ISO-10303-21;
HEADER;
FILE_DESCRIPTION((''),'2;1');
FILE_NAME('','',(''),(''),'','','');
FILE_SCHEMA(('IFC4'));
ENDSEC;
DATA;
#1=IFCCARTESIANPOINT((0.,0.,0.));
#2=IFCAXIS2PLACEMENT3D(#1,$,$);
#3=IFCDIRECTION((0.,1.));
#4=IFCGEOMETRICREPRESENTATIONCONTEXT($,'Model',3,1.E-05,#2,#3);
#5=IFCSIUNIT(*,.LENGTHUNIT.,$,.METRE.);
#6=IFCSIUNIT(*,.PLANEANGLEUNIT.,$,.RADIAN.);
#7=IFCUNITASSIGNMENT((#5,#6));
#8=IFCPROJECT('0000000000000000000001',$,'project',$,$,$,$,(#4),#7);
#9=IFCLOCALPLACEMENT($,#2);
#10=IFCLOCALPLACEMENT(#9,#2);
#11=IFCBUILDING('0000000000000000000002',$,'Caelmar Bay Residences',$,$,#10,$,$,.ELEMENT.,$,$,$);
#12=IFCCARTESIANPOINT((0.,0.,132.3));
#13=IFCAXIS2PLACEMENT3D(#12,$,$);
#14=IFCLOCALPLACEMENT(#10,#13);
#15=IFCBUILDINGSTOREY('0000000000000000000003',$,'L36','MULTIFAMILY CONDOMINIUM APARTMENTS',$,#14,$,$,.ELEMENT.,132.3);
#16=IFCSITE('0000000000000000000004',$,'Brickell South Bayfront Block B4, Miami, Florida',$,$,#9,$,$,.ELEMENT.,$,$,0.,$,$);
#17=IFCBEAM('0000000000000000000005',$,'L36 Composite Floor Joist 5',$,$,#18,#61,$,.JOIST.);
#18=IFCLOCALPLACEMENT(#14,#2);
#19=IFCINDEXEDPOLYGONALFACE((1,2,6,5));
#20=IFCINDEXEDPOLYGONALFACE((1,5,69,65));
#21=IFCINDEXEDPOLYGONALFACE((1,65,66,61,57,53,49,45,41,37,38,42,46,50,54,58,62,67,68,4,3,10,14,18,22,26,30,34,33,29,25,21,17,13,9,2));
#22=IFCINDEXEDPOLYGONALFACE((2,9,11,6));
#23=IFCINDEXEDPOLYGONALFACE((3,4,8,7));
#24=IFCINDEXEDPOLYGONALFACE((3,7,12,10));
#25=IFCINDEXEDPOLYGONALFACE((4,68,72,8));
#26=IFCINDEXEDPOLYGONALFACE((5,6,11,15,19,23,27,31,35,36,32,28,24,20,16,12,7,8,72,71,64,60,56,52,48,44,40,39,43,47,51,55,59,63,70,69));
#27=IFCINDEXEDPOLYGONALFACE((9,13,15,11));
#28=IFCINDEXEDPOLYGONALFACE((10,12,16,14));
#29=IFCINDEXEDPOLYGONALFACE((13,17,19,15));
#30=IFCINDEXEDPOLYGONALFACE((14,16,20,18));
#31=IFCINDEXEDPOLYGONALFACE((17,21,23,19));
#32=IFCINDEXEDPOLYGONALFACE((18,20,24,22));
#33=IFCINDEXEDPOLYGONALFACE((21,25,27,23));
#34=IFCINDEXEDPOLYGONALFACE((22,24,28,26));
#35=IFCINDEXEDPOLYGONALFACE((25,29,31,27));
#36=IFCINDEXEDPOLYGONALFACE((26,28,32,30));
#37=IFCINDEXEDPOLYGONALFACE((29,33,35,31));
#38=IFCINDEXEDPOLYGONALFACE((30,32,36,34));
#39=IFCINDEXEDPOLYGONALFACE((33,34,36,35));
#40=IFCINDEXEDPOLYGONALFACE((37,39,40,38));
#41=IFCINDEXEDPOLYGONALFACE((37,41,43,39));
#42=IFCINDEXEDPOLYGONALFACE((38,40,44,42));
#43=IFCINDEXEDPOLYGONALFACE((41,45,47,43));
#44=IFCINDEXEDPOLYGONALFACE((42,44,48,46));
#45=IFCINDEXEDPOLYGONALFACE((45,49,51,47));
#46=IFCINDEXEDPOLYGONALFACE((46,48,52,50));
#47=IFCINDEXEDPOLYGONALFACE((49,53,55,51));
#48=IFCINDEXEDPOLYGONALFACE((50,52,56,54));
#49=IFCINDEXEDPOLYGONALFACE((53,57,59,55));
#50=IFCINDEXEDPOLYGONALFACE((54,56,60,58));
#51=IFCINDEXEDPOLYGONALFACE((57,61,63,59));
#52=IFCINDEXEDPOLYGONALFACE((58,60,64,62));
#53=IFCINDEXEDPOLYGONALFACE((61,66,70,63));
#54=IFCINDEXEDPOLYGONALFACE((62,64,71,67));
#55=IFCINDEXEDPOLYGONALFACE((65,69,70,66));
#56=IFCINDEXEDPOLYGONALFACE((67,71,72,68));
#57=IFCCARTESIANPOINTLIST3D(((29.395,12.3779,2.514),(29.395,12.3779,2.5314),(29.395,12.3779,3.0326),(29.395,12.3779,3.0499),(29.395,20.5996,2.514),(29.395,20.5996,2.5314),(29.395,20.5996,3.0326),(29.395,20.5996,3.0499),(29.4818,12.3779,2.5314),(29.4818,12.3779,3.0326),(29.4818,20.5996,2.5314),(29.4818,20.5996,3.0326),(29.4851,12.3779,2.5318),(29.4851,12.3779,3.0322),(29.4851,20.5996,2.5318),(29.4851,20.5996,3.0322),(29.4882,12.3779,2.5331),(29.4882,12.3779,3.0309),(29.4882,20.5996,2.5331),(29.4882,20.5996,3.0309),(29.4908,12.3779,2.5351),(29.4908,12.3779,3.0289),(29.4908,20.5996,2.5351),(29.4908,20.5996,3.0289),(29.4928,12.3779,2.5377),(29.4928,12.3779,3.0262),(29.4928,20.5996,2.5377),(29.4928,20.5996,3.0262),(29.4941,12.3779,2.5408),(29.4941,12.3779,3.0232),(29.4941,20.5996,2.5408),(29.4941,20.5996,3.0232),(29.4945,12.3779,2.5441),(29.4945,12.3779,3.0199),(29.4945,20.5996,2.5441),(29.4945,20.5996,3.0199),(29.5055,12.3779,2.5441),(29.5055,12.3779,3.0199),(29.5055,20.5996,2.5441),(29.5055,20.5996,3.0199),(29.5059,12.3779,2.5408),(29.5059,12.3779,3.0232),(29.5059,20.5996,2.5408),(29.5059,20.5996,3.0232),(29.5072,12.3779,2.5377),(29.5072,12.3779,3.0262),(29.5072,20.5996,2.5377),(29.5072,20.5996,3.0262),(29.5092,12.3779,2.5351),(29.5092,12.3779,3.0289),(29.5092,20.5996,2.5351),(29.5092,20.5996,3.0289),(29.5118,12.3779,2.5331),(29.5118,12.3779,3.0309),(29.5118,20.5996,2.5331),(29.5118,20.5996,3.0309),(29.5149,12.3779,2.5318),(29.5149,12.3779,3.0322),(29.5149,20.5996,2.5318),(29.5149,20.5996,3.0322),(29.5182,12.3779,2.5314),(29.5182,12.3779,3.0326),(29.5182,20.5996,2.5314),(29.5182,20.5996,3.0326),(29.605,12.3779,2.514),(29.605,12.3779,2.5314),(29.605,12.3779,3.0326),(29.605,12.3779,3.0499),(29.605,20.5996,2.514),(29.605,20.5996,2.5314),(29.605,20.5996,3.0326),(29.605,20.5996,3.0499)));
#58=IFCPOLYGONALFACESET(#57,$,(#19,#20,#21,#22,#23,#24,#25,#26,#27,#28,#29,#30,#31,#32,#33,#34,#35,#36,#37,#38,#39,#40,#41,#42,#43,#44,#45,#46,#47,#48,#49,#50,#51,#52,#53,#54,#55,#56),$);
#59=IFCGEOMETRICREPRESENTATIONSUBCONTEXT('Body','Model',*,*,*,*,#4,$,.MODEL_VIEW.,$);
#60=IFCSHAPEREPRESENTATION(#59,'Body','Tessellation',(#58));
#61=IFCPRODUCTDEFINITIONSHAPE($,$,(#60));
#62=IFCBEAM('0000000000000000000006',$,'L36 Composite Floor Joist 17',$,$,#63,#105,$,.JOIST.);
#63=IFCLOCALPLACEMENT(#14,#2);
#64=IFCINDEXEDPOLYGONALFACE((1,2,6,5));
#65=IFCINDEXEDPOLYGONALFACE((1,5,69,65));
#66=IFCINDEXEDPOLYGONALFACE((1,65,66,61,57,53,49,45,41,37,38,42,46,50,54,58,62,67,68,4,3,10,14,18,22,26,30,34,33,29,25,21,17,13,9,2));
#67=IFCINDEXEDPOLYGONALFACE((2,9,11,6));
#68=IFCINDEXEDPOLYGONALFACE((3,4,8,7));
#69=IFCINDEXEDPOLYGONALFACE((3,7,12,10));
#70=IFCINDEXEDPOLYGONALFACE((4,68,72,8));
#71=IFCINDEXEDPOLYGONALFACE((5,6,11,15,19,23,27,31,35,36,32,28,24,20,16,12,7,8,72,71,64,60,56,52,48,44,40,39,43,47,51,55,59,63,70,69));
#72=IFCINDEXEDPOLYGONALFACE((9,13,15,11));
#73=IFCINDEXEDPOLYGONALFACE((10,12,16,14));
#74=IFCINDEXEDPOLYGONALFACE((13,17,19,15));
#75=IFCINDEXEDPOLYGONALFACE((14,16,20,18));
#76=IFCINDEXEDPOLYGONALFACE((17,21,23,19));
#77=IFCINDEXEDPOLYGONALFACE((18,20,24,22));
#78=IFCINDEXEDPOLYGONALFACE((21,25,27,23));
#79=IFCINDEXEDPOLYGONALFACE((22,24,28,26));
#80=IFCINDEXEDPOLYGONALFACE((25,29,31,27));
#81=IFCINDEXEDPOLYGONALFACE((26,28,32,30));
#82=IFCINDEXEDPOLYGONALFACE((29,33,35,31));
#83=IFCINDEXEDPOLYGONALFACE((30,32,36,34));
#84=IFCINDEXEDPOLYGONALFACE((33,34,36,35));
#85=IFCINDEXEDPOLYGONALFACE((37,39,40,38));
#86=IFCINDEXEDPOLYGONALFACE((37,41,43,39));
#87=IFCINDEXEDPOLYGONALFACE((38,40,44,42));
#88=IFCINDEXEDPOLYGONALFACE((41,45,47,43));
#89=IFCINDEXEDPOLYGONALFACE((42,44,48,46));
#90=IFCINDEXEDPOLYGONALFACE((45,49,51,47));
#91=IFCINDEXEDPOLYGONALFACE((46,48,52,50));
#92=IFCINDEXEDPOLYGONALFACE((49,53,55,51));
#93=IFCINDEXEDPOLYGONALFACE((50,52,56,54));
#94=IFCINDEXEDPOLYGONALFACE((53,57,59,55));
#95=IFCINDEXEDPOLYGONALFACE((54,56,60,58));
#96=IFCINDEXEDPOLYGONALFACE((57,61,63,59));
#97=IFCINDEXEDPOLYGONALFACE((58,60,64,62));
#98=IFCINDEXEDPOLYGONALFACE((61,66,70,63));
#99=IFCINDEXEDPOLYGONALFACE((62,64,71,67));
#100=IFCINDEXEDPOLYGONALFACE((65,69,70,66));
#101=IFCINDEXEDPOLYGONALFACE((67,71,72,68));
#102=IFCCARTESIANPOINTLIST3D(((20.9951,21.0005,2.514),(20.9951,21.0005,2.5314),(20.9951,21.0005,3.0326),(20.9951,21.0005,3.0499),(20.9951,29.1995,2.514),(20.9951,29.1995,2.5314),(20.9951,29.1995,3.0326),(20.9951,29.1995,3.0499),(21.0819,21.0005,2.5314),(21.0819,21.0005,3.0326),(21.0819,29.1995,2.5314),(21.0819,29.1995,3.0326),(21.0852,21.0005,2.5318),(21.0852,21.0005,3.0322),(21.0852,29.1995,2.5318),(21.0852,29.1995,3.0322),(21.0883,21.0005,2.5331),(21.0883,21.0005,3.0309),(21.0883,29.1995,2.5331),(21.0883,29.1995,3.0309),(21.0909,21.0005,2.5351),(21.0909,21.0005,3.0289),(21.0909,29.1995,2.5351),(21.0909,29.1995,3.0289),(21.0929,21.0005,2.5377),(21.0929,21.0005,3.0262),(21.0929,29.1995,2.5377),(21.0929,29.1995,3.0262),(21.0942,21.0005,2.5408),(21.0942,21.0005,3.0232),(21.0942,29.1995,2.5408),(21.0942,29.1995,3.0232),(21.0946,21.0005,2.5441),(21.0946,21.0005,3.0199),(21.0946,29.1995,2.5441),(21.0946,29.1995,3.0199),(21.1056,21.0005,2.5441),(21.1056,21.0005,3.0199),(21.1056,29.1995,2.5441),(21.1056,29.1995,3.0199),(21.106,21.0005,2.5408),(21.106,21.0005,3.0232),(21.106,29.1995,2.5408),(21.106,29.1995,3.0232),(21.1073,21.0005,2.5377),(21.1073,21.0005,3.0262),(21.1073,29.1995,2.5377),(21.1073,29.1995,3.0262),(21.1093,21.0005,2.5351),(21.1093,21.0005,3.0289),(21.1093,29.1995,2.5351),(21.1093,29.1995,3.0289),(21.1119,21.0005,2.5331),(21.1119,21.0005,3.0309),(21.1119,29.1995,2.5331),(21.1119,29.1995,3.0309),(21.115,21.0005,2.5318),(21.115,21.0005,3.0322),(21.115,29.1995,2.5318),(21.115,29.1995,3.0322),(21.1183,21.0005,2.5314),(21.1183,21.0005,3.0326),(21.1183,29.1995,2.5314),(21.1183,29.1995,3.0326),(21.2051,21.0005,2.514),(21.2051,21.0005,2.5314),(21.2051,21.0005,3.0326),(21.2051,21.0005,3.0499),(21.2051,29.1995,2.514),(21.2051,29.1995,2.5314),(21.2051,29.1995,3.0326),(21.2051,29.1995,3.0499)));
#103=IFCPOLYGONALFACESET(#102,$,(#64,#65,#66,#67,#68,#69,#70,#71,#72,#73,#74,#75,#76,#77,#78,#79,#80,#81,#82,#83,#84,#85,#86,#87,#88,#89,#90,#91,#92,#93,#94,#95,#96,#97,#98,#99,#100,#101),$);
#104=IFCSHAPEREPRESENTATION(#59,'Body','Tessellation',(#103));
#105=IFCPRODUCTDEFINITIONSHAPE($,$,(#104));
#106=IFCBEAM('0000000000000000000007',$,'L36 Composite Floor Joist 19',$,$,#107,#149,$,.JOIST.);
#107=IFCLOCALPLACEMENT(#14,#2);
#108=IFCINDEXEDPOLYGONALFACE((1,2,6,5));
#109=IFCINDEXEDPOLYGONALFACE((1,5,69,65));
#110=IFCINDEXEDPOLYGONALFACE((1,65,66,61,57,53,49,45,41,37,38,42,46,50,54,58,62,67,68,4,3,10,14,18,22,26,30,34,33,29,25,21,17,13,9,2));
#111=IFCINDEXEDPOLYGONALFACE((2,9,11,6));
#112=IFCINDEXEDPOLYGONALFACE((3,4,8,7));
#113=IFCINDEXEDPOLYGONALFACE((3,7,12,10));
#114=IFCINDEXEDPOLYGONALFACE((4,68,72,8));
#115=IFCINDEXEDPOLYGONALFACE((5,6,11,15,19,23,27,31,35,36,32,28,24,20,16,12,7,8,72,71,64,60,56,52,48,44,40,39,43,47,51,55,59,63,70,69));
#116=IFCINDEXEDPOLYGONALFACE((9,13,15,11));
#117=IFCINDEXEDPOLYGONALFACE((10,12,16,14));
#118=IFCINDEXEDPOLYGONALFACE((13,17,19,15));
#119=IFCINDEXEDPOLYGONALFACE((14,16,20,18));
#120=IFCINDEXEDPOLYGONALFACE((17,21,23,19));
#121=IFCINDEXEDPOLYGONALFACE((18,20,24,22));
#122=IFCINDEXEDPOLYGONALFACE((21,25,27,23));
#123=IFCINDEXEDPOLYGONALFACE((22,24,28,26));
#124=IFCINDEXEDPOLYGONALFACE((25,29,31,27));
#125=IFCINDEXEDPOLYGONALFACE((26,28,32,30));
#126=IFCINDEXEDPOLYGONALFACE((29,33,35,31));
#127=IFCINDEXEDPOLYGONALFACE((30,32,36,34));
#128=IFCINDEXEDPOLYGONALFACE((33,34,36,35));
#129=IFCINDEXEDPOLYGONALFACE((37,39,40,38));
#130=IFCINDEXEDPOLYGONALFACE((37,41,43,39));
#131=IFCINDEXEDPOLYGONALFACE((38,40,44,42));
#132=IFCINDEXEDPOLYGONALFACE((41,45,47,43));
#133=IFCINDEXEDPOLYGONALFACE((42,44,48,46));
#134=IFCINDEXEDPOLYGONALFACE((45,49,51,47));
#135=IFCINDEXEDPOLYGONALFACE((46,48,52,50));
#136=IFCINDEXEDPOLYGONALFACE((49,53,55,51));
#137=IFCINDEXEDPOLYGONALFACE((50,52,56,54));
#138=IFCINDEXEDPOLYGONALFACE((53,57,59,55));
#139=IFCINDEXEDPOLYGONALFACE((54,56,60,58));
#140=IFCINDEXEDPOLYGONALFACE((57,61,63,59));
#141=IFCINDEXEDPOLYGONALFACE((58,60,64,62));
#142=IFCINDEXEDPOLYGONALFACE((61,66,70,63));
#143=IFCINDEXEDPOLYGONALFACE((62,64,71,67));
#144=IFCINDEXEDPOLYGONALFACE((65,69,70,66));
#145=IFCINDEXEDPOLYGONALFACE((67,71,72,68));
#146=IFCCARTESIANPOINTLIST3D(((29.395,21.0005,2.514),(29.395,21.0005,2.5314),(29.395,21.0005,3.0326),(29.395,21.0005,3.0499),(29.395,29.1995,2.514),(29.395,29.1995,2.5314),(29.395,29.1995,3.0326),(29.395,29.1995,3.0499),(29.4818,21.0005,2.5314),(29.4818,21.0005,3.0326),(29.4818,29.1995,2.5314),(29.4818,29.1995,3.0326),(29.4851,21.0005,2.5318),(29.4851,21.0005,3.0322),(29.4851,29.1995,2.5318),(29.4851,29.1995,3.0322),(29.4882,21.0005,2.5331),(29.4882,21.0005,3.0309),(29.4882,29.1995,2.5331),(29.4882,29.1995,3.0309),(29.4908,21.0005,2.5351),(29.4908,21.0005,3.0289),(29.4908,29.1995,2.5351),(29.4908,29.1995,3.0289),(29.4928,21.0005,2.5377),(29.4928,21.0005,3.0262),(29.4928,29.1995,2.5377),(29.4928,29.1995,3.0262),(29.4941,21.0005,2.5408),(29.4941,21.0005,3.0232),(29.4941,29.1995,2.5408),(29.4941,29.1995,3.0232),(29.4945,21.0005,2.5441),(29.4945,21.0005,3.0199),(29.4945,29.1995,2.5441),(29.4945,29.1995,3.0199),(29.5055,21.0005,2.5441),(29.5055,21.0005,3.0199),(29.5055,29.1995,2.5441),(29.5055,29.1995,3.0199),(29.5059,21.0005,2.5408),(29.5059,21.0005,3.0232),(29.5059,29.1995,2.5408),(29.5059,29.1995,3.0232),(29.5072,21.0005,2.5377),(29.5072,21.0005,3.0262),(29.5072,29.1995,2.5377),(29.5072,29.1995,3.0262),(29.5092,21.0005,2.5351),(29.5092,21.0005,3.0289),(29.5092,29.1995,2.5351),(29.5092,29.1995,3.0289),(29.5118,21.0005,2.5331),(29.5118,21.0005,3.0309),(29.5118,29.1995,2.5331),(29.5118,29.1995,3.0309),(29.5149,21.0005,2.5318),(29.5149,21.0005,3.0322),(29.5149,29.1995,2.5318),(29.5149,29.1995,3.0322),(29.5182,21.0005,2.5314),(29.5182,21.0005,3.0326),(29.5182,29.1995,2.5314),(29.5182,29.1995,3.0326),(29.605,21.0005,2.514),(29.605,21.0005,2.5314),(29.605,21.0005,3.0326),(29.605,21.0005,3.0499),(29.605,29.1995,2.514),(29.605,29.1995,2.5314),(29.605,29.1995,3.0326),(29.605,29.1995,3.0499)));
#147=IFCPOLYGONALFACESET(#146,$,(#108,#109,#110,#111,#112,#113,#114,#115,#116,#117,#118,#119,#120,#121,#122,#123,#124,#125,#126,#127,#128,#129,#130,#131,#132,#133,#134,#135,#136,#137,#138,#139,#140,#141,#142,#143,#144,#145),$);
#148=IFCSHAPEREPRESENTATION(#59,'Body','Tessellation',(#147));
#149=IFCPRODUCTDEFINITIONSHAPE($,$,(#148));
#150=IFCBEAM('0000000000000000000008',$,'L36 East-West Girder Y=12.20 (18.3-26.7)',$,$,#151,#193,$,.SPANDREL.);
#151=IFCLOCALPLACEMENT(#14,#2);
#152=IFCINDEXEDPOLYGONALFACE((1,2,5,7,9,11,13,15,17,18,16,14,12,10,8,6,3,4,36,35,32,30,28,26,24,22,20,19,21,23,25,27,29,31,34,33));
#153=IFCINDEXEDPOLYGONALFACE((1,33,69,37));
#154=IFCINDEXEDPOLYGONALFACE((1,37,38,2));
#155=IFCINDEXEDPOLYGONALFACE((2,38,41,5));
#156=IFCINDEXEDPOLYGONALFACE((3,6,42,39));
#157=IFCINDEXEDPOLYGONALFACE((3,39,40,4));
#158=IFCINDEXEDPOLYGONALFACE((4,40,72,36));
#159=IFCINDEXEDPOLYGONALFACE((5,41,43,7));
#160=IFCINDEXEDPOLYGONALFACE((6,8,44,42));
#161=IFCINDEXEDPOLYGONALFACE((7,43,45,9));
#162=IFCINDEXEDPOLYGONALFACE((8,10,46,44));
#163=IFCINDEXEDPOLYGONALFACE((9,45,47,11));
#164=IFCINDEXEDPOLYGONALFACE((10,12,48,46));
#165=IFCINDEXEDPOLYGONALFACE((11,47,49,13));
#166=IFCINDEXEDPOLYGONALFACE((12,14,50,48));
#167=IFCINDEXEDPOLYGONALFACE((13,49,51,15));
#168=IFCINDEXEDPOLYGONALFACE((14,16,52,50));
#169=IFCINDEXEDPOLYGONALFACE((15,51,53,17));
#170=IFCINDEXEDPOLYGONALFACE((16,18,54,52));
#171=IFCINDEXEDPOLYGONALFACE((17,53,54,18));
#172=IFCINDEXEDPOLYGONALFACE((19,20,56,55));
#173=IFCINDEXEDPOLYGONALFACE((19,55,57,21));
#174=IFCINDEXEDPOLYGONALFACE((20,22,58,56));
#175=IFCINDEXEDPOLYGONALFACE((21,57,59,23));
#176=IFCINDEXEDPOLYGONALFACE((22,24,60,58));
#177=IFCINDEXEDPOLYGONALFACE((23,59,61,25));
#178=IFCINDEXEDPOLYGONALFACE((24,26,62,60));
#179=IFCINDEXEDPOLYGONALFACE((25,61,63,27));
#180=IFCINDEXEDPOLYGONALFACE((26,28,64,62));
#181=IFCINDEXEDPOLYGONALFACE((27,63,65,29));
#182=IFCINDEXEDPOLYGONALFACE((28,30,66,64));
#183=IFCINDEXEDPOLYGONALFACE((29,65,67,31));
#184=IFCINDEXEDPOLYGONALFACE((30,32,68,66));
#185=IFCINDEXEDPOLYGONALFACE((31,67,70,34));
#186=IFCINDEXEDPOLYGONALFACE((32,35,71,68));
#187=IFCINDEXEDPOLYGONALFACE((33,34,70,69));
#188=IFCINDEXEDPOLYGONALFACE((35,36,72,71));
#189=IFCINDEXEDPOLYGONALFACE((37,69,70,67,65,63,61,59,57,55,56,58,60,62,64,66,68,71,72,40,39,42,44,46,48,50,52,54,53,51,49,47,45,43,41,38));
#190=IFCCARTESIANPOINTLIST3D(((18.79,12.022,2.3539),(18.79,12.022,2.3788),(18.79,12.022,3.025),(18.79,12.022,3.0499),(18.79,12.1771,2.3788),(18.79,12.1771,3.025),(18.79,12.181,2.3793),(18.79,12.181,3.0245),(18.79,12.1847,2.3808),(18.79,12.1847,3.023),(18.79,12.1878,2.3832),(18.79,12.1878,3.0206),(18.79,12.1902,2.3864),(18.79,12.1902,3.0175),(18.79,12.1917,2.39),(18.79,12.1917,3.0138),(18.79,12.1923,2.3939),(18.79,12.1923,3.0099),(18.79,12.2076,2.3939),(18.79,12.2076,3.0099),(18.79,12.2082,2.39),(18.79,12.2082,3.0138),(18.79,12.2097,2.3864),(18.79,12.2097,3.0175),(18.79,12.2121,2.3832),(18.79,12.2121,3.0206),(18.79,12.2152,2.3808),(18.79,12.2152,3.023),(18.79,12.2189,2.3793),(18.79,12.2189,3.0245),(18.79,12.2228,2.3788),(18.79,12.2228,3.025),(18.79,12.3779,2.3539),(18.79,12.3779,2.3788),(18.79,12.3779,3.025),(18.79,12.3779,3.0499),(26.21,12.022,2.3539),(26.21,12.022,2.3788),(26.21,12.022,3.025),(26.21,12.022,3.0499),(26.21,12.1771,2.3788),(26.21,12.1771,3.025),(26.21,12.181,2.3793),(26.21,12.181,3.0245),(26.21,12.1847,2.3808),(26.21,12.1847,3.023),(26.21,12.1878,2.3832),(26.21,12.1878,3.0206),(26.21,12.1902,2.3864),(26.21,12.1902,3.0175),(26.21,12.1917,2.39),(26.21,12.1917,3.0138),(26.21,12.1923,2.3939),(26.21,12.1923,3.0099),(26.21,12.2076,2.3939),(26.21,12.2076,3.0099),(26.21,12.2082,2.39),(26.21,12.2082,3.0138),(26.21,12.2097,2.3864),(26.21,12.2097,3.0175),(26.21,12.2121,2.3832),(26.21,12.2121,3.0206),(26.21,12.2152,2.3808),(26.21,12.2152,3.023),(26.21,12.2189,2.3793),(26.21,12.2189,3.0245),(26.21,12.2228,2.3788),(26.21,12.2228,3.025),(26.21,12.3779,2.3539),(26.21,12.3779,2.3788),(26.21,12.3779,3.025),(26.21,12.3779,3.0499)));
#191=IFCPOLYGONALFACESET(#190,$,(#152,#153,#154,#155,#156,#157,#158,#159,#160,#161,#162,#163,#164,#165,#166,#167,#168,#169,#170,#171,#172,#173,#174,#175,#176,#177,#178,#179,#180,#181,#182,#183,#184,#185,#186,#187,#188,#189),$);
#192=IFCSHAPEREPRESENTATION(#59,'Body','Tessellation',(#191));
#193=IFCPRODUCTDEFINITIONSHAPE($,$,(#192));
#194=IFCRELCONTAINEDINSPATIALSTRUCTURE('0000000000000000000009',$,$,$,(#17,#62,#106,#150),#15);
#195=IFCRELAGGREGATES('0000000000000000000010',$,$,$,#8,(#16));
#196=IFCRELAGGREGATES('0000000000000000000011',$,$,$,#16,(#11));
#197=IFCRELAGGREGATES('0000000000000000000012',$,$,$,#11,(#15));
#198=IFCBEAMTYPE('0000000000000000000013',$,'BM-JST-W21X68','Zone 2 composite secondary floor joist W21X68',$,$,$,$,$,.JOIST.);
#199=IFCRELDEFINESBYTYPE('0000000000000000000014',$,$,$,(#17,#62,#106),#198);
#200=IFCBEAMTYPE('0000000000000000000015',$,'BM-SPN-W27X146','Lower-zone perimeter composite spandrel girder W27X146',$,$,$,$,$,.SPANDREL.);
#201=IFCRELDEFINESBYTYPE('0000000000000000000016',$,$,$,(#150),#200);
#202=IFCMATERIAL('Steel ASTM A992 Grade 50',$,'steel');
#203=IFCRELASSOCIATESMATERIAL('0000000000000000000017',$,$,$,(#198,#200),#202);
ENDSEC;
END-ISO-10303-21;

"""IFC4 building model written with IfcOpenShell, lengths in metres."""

from ifc_helpers import new_model, si_unit, direction, frame, origin, origin_2d, place, context, subcontext, project, spatial, i_section, extrude, material, material_profile, profile_set, type_object, element, save


model = new_model("IFC4")

# Units and contexts
model_context = context("Model", 3, precision=1e-05, world=origin(), true_north=direction((0.0, 1.0)))
body_context = subcontext(model_context, "Body", "Model", "MODEL_VIEW")
ifc_project = project(units=[si_unit("LENGTHUNIT", "METRE"), si_unit("PLANEANGLEUNIT", "RADIAN")], contexts=[model_context])

# Site, building, storey
site_placement = place(None, origin())
site = spatial("IfcSite", under=ifc_project, at=site_placement, Name="Brickell South Bayfront Block B4, Miami, Florida", CompositionType="ELEMENT", RefElevation=0.0)
building_placement = place(site_placement, origin())
building = spatial("IfcBuilding", under=site, at=building_placement, Name="Caelmar Bay Residences", CompositionType="ELEMENT")
storey_placement = place(building_placement, frame((0.0, 0.0, 132.3)))
storey = spatial("IfcBuildingStorey", under=building, at=storey_placement, Name="L36", Description="MULTIFAMILY CONDOMINIUM APARTMENTS", CompositionType="ELEMENT", Elevation=132.3)

# Beams
ifc_material_1 = material(Name="Steel ASTM A992 Grade 50", Category="steel")
ifc_material_profile_1 = material_profile(ifc_material_1, i_section(OverallWidth=0.21, OverallDepth=0.5359, WebThickness=0.011, FlangeThickness=0.0173, FilletRadius=0.0127, at=origin_2d()), Name="W21X68")
ifc_profile_set_1 = profile_set([ifc_material_profile_1], Name="Steel ASTM A992 Grade 50")
beam_type_1 = type_object("IfcBeamType", Name="BM-JST-W21X68", Description="Zone 2 composite secondary floor joist W21X68", PredefinedType="JOIST", material=ifc_profile_set_1)
for number, where, z_axis, x_axis, name in (
    (1, (29.5, 12.3779, 2.782), (0.0, 1.0, 0.0), (-1.0, 0.0, 0.0), "L36 Composite Floor Joist 5"),
):
    element("IfcBeam", number, at=place(storey_placement, frame(where, z_axis=z_axis, x_axis=x_axis)), inside=storey, type_object=beam_type_1, Name=name, PredefinedType="JOIST", context=body_context, shape_type="SweptSolid", body=[
        extrude(i_section(OverallWidth=0.21, OverallDepth=0.5359, WebThickness=0.011, FlangeThickness=0.0173, FilletRadius=0.0127, at=origin_2d()), origin(), (0.0, 0.0, 1.0), 8.2217),
    ])
for number, where, z_axis, x_axis, name in (
    (2, (21.1001, 21.0005, 2.782), (0.0, 1.0, 0.0), (-1.0, 0.0, 0.0), "L36 Composite Floor Joist 17"),
    (3, (29.5, 21.0005, 2.782), (0.0, 1.0, 0.0), (-1.0, 0.0, 0.0), "L36 Composite Floor Joist 19"),
):
    element("IfcBeam", number, at=place(storey_placement, frame(where, z_axis=z_axis, x_axis=x_axis)), inside=storey, type_object=beam_type_1, Name=name, PredefinedType="JOIST", context=body_context, shape_type="SweptSolid", body=[
        extrude(i_section(OverallWidth=0.21, OverallDepth=0.5359, WebThickness=0.011, FlangeThickness=0.0173, FilletRadius=0.0127, at=origin_2d()), origin(), (0.0, 0.0, 1.0), 8.199),
    ])
ifc_material_profile_2 = material_profile(ifc_material_1, i_section(OverallWidth=0.356, OverallDepth=0.696, WebThickness=0.0154, FlangeThickness=0.0249, FilletRadius=0.0151, at=origin_2d()), Name="W27X146")
ifc_profile_set_2 = profile_set([ifc_material_profile_2], Name="Steel ASTM A992 Grade 50")
beam_type_2 = type_object("IfcBeamType", Name="BM-SPN-W27X146", Description="Lower-zone perimeter composite spandrel girder W27X146", PredefinedType="SPANDREL", material=ifc_profile_set_2)
beam_1_placement = place(storey_placement, frame((18.79, 12.2, 2.7019), z_axis=(1.0, 0.0, 0.0), x_axis=(0.0, 1.0, 0.0)))
element("IfcBeam", 4, at=beam_1_placement, inside=storey, type_object=beam_type_2, Name="L36 East-West Girder Y=12.20 (18.3-26.7)", PredefinedType="SPANDREL", context=body_context, shape_type="SweptSolid", body=[
    extrude(i_section(OverallWidth=0.356, OverallDepth=0.696, WebThickness=0.0154, FlangeThickness=0.0249, FilletRadius=0.0151, at=origin_2d()), origin(), (0.0, 0.0, 1.0), 7.4199),
])

save(model, "model.ifc")
